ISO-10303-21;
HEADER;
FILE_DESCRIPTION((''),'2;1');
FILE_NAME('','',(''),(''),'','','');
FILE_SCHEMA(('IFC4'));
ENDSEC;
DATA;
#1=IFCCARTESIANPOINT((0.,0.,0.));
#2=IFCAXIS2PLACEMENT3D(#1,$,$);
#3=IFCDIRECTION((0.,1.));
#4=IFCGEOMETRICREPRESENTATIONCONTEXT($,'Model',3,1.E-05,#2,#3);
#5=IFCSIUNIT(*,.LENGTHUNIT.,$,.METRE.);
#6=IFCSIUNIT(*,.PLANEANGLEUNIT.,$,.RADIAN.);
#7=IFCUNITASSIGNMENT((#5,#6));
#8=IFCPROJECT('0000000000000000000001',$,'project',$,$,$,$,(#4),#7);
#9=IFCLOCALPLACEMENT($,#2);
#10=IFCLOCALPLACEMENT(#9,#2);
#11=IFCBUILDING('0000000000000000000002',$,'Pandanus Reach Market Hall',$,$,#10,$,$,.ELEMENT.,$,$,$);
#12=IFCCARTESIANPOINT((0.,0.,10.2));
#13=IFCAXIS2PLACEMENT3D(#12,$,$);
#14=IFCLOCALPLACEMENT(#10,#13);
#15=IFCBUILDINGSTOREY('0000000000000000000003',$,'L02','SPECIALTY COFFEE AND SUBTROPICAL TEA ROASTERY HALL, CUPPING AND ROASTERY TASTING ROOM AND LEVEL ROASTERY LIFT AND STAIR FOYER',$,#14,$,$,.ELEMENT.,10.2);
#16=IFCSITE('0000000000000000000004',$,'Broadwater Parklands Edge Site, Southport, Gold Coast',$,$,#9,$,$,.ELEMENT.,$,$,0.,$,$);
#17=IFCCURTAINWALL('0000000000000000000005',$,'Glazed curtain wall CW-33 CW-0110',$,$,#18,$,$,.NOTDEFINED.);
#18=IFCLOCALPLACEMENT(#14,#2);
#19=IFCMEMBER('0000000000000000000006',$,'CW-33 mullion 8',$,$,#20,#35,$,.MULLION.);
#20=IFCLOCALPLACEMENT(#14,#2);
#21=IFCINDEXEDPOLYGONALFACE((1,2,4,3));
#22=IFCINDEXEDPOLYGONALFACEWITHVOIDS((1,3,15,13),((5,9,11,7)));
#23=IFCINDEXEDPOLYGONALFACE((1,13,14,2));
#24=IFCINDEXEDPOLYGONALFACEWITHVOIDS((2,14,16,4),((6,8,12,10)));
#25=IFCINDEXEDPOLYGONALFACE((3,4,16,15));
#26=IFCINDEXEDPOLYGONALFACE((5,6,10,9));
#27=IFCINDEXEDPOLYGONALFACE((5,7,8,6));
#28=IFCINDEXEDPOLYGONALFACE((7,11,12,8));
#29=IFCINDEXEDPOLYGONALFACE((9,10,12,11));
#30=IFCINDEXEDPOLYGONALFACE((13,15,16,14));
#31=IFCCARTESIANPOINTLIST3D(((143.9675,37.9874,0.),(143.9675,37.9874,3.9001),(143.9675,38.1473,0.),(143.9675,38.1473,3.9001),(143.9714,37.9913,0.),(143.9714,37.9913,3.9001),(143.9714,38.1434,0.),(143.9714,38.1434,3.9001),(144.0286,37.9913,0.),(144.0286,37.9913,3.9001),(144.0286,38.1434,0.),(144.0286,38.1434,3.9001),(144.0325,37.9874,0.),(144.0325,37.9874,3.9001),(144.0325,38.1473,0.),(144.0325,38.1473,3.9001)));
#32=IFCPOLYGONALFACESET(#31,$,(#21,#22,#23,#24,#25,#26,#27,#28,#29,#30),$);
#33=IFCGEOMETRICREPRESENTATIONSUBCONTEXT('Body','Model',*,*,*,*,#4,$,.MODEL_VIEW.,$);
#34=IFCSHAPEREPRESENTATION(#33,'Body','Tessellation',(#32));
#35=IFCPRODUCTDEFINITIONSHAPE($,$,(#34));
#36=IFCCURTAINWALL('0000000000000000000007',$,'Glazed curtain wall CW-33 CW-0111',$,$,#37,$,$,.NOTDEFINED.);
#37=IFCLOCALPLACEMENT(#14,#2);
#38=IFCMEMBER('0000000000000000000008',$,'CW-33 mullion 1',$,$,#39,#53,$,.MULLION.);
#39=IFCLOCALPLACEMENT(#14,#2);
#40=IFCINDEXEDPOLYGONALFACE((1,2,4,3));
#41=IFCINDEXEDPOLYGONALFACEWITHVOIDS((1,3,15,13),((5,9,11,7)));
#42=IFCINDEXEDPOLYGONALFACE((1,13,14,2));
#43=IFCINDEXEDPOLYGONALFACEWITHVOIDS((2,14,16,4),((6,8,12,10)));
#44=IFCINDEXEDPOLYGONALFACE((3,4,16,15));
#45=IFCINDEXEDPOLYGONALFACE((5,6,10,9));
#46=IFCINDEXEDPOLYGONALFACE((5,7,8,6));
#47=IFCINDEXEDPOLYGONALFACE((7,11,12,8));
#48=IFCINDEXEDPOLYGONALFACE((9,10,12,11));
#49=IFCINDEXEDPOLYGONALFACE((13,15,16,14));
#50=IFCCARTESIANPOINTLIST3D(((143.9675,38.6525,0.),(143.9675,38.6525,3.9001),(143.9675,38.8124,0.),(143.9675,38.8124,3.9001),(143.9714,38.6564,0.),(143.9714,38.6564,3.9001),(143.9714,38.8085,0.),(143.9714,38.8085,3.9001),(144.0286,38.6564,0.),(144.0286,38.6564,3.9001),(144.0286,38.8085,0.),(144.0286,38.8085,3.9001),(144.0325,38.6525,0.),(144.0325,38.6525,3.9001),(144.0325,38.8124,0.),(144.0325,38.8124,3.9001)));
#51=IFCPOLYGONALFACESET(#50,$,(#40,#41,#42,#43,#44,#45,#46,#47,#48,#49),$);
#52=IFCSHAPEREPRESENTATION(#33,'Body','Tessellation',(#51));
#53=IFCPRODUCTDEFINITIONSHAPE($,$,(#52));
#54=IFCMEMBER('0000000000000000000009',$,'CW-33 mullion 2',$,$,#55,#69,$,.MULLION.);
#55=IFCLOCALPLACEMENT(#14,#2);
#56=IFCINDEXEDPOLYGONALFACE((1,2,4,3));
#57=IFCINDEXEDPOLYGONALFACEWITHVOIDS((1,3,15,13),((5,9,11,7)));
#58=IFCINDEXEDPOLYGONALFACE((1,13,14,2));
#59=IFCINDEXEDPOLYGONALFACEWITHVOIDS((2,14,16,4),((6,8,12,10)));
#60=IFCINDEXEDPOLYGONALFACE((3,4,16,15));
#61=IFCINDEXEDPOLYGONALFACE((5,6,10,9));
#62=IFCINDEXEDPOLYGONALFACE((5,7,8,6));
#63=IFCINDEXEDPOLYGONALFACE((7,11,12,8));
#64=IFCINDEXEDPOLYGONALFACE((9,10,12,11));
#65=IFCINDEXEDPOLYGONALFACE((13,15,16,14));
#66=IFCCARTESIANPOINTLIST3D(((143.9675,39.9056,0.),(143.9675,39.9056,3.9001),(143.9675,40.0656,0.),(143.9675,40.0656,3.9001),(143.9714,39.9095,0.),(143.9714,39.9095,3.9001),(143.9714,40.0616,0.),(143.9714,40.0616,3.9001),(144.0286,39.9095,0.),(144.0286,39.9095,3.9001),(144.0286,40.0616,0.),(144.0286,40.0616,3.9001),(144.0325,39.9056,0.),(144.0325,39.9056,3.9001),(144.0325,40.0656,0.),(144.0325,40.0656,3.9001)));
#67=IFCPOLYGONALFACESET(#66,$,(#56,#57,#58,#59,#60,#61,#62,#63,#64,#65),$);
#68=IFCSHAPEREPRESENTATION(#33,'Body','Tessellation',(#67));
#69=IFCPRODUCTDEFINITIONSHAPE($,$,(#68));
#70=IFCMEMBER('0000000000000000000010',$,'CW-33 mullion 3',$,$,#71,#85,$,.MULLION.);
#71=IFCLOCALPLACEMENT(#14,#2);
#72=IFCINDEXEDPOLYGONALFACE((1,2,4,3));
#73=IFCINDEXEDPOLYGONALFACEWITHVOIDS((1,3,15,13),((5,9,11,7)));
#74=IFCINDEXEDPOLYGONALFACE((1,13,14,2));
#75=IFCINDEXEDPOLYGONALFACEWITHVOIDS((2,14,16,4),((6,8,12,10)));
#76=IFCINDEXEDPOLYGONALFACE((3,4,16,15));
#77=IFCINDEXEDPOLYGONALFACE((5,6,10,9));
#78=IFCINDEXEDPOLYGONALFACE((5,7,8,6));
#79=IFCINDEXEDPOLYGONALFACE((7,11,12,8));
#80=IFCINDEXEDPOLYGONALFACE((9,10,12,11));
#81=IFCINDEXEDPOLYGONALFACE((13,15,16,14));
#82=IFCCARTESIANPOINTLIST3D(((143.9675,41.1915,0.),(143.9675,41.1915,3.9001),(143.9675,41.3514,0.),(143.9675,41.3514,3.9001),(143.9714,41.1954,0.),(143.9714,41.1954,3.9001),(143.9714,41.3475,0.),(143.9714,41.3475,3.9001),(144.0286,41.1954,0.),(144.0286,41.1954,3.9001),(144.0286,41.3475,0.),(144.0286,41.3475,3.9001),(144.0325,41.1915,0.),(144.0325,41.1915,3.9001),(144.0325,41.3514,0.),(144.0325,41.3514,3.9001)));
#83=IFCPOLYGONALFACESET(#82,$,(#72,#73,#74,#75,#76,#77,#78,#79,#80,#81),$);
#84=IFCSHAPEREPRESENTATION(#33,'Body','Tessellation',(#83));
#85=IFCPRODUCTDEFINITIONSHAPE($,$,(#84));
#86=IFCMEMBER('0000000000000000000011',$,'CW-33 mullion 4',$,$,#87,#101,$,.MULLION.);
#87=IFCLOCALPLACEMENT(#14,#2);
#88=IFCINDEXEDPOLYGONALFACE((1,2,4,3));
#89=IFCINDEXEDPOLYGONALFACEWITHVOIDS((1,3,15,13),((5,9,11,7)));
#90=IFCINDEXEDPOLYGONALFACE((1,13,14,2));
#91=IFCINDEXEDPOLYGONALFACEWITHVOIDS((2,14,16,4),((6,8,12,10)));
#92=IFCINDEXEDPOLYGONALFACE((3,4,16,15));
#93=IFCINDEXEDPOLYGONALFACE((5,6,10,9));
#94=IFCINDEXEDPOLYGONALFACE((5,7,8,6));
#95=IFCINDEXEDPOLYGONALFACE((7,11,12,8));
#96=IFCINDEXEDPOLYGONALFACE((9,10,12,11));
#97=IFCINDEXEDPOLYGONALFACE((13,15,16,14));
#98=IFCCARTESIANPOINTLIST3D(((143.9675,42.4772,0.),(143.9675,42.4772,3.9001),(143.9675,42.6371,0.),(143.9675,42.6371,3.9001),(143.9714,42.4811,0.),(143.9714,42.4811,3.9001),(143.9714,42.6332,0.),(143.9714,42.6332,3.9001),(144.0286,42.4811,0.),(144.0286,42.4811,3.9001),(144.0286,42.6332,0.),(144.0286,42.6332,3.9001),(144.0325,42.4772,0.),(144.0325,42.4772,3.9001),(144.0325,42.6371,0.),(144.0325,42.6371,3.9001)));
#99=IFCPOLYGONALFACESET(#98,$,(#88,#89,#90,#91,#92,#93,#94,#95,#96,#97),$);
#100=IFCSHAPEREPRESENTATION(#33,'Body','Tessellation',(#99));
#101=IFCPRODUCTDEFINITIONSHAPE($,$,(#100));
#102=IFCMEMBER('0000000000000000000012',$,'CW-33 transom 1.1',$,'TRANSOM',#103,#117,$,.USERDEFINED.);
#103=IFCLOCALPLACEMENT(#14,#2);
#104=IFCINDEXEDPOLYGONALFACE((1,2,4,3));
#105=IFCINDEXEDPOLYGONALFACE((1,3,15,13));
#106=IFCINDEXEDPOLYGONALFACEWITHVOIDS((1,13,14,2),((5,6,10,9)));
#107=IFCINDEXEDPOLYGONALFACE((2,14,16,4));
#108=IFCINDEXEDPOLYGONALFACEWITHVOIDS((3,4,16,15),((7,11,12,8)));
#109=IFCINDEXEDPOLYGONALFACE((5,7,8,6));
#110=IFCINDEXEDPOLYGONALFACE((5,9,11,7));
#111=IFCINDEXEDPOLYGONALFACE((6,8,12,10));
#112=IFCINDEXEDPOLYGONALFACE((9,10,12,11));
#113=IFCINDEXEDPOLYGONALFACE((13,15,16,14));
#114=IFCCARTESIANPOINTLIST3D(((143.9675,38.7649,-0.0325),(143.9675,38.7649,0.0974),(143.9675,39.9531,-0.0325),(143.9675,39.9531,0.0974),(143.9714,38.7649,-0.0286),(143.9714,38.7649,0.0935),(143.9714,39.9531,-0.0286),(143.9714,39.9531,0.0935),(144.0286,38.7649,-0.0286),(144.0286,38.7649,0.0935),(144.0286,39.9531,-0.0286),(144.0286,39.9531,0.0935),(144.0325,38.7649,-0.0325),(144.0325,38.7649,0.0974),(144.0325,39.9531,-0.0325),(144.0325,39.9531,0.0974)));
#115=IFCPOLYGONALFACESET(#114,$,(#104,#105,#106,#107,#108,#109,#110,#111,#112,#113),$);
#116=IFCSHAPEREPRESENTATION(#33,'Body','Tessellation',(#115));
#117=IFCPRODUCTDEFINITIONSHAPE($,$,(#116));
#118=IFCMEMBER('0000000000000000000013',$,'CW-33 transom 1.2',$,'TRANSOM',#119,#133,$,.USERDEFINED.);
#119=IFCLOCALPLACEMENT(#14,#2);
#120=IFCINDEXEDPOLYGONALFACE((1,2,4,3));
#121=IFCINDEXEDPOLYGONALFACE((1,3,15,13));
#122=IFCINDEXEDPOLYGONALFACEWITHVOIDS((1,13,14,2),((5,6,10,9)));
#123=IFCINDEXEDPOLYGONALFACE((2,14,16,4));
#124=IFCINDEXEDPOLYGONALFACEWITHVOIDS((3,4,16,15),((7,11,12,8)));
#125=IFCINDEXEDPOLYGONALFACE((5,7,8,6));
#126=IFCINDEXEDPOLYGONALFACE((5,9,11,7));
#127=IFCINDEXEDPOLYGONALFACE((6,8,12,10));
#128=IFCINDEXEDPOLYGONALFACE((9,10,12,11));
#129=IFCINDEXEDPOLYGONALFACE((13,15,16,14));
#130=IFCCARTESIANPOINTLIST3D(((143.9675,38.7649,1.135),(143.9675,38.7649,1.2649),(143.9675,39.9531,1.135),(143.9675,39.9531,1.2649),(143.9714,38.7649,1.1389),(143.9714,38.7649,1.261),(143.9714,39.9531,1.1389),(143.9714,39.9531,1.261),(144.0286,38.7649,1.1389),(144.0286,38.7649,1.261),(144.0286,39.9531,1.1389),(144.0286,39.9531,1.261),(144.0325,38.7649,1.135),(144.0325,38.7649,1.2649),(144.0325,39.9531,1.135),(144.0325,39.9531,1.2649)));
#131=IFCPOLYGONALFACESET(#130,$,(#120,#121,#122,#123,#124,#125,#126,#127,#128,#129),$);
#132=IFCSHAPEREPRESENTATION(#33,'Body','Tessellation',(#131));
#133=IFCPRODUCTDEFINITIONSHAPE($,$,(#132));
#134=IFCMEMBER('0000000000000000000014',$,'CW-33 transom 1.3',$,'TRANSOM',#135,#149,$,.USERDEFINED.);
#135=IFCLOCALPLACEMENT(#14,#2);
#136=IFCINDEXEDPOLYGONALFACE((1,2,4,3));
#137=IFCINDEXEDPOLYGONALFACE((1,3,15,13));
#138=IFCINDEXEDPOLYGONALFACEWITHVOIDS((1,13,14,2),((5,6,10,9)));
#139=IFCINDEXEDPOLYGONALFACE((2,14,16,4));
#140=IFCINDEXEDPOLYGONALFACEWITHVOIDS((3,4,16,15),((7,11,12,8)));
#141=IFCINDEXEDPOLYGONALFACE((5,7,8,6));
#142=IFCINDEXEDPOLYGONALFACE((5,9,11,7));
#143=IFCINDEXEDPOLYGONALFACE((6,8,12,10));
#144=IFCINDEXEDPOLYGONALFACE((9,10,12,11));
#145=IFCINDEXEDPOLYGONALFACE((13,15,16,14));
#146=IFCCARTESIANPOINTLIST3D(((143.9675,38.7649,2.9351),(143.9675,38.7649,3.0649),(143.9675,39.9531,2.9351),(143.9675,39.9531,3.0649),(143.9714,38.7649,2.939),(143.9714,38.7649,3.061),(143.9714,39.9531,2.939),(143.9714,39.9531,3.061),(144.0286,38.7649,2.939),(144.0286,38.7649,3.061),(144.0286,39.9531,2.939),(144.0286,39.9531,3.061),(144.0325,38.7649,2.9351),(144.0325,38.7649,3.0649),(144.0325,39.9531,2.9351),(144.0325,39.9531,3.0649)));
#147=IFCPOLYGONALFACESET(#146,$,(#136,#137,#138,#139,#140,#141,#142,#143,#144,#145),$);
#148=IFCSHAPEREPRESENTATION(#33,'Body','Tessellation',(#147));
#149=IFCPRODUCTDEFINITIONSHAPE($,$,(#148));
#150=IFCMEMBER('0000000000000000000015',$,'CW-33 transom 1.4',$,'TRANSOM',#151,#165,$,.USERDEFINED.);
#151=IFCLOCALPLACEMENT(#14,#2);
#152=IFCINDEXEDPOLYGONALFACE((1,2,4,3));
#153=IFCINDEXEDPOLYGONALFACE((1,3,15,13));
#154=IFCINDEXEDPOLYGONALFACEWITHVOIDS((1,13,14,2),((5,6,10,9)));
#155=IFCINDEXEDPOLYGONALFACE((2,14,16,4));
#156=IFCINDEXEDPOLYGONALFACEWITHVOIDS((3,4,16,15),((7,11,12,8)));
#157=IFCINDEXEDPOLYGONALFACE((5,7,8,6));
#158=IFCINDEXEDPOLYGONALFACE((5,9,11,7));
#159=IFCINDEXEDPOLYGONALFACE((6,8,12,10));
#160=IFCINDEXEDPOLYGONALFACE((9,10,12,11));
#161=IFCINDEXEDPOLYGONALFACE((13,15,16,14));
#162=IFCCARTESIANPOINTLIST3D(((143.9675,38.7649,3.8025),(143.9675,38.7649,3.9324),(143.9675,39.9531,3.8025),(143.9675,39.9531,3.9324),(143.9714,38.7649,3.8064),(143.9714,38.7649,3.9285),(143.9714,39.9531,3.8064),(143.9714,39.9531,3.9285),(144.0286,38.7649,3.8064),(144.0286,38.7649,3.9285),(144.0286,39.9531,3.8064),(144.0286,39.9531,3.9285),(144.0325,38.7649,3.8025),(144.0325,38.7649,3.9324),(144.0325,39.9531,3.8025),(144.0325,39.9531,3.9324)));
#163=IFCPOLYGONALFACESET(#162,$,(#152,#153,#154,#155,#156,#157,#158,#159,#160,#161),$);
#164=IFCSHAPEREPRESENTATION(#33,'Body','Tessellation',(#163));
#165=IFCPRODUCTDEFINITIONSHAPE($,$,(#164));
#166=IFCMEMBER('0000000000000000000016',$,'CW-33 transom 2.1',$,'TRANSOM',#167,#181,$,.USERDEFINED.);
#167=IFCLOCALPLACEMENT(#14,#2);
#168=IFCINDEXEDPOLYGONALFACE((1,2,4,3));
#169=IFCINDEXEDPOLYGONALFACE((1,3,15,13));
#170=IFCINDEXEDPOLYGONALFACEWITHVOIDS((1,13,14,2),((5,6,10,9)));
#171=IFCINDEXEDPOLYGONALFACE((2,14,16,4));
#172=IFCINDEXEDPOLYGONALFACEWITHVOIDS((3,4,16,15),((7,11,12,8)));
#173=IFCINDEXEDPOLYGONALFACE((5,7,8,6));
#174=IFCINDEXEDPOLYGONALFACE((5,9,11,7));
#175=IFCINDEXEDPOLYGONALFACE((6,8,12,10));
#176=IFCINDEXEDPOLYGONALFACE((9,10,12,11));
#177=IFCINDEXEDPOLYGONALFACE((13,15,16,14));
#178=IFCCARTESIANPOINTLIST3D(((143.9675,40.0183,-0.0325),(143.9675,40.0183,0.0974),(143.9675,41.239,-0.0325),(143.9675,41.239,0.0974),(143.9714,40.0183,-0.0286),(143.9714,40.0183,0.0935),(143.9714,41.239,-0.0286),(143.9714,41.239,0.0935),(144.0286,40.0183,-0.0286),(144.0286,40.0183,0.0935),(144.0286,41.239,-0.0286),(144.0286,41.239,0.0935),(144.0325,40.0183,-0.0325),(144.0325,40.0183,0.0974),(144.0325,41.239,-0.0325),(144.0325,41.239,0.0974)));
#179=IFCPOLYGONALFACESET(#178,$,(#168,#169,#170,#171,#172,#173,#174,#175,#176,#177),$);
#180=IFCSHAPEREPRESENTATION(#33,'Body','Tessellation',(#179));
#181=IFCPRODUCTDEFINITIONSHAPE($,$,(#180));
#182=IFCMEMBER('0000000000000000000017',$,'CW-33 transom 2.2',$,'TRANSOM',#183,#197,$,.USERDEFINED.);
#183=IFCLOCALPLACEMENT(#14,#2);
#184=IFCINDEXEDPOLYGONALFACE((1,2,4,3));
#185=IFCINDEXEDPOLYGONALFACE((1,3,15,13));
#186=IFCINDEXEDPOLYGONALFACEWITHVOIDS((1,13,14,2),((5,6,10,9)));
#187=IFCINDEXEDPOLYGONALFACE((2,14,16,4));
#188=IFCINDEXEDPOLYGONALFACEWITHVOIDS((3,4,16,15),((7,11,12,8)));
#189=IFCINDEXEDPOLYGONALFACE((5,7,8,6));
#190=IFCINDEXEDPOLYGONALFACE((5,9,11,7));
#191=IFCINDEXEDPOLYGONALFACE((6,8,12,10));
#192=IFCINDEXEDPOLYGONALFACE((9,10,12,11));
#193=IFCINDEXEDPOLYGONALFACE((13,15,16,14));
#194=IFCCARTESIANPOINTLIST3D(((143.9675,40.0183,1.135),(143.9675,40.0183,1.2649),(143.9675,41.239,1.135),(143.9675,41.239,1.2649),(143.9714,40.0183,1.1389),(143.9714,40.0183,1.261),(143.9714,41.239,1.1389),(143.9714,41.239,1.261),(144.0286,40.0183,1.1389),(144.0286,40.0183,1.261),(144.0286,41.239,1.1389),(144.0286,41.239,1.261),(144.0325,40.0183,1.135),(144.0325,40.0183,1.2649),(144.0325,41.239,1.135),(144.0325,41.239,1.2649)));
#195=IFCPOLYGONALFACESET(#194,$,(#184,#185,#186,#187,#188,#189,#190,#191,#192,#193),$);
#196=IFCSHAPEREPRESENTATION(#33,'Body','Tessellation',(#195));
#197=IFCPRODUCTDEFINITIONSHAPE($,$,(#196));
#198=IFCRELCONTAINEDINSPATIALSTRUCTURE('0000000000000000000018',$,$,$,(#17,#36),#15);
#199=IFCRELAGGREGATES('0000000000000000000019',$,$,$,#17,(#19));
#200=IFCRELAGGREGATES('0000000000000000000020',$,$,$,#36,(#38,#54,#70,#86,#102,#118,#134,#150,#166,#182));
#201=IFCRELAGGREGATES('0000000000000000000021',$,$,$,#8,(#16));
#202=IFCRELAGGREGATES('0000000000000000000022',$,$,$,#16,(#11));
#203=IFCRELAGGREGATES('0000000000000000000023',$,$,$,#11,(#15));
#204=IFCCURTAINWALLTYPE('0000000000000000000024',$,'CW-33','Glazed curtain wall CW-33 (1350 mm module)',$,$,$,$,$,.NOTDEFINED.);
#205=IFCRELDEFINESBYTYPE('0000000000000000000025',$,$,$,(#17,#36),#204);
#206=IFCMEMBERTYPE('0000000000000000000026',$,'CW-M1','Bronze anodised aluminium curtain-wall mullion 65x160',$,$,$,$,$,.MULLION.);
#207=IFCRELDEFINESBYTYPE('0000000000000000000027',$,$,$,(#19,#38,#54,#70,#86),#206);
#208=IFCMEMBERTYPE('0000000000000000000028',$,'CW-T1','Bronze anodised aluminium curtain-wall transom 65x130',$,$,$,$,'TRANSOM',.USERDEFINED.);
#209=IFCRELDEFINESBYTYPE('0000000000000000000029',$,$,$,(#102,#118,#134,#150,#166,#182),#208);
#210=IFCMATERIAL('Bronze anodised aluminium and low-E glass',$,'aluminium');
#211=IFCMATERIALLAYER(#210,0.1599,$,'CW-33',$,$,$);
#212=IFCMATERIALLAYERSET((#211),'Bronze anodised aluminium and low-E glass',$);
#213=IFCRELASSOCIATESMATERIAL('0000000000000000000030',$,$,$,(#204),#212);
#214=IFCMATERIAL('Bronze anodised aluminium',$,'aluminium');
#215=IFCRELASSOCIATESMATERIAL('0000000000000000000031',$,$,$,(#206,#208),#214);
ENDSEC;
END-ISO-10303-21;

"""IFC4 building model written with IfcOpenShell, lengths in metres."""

from ifc_helpers import new_model, si_unit, direction, frame, origin, origin_2d, place, context, subcontext, project, spatial, hollow_rectangle, extrude, material, layer, layer_set, material_profile, profile_set, type_object, element, aggregate, save


model = new_model("IFC4")

# Units and contexts
model_context = context("Model", 3, precision=1e-05, world=origin(), true_north=direction((0.0, 1.0)))
body_context = subcontext(model_context, "Body", "Model", "MODEL_VIEW")
ifc_project = project(units=[si_unit("LENGTHUNIT", "METRE"), si_unit("PLANEANGLEUNIT", "RADIAN")], contexts=[model_context])

# Site, building, storey
site_placement = place(None, origin())
site = spatial("IfcSite", under=ifc_project, at=site_placement, Name="Broadwater Parklands Edge Site, Southport, Gold Coast", CompositionType="ELEMENT", RefElevation=0.0)
building_placement = place(site_placement, origin())
building = spatial("IfcBuilding", under=site, at=building_placement, Name="Pandanus Reach Market Hall", CompositionType="ELEMENT")
storey_placement = place(building_placement, frame((0.0, 0.0, 10.2)))
storey = spatial("IfcBuildingStorey", under=building, at=storey_placement, Name="L02", Description="SPECIALTY COFFEE AND SUBTROPICAL TEA ROASTERY HALL, CUPPING AND ROASTERY TASTING ROOM AND LEVEL ROASTERY LIFT AND STAIR FOYER", CompositionType="ELEMENT", Elevation=10.2)

# Curtain wall, member
ifc_material_1 = material(Name="Bronze anodised aluminium and low-E glass", Category="aluminium")
ifc_layer_1 = layer(ifc_material_1, 0.1599, Name="CW-33")
ifc_layer_set_1 = layer_set([ifc_layer_1], Name="Bronze anodised aluminium and low-E glass")
curtain_wall_type = type_object("IfcCurtainWallType", Name="CW-33", Description="Glazed curtain wall CW-33 (1350 mm module)", PredefinedType="NOTDEFINED", material=ifc_layer_set_1)
curtain_wall_1_placement = place(storey_placement, origin())
curtain_wall_1 = element("IfcCurtainWall", 1, at=curtain_wall_1_placement, inside=storey, type_object=curtain_wall_type, Name="Glazed curtain wall CW-33 CW-0110", PredefinedType="NOTDEFINED")
ifc_material_2 = material(Name="Bronze anodised aluminium", Category="aluminium")
ifc_material_profile_1 = material_profile(ifc_material_2, hollow_rectangle(XDim=0.0649, YDim=0.1599, WallThickness=0.0039, at=origin_2d()), Name="ALU65x160", Category="LoadBearing")
ifc_profile_set_1 = profile_set([ifc_material_profile_1], Name="Bronze anodised aluminium")
member_type_1 = type_object("IfcMemberType", Name="CW-M1", Description="Bronze anodised aluminium curtain-wall mullion 65x160", PredefinedType="MULLION", material=ifc_profile_set_1)
member_1_placement = place(storey_placement, frame((144.0, 38.0674, 0.0), z_axis=(0.0, 0.0, 1.0), x_axis=(-1.0, 0.0, 0.0)))
member_1 = element("IfcMember", 2, at=member_1_placement, type_object=member_type_1, Name="CW-33 mullion 8", PredefinedType="MULLION", context=body_context, shape_type="SweptSolid", body=[
    extrude(hollow_rectangle(XDim=0.0649, YDim=0.1599, WallThickness=0.0039, at=origin_2d()), origin(), (0.0, 0.0, 1.0), 3.9001),
])

# Curtain wall, members
curtain_wall_2_placement = place(storey_placement, origin())
curtain_wall_2 = element("IfcCurtainWall", 3, at=curtain_wall_2_placement, inside=storey, type_object=curtain_wall_type, Name="Glazed curtain wall CW-33 CW-0111", PredefinedType="NOTDEFINED")
member_2_placement = place(storey_placement, frame((144.0, 38.7324, 0.0), z_axis=(0.0, 0.0, 1.0), x_axis=(-1.0, 0.0, 0.0)))
member_2 = element("IfcMember", 4, at=member_2_placement, type_object=member_type_1, Name="CW-33 mullion 1", PredefinedType="MULLION", context=body_context, shape_type="SweptSolid", body=[
    extrude(hollow_rectangle(XDim=0.0649, YDim=0.1599, WallThickness=0.0039, at=origin_2d()), origin(), (0.0, 0.0, 1.0), 3.9001),
])
member_3_placement = place(storey_placement, frame((144.0, 39.9856, 0.0), z_axis=(0.0, 0.0, 1.0), x_axis=(-1.0, 0.0, 0.0)))
member_3 = element("IfcMember", 5, at=member_3_placement, type_object=member_type_1, Name="CW-33 mullion 2", PredefinedType="MULLION", context=body_context, shape_type="SweptSolid", body=[
    extrude(hollow_rectangle(XDim=0.0649, YDim=0.1599, WallThickness=0.0039, at=origin_2d()), origin(), (0.0, 0.0, 1.0), 3.9001),
])
member_4_placement = place(storey_placement, frame((144.0, 41.2715, 0.0), z_axis=(0.0, 0.0, 1.0), x_axis=(-1.0, 0.0, 0.0)))
member_4 = element("IfcMember", 6, at=member_4_placement, type_object=member_type_1, Name="CW-33 mullion 3", PredefinedType="MULLION", context=body_context, shape_type="SweptSolid", body=[
    extrude(hollow_rectangle(XDim=0.0649, YDim=0.1599, WallThickness=0.0039, at=origin_2d()), origin(), (0.0, 0.0, 1.0), 3.9001),
])
member_5_placement = place(storey_placement, frame((144.0, 42.5571, 0.0), z_axis=(0.0, 0.0, 1.0), x_axis=(-1.0, 0.0, 0.0)))
member_5 = element("IfcMember", 7, at=member_5_placement, type_object=member_type_1, Name="CW-33 mullion 4", PredefinedType="MULLION", context=body_context, shape_type="SweptSolid", body=[
    extrude(hollow_rectangle(XDim=0.0649, YDim=0.1599, WallThickness=0.0039, at=origin_2d()), origin(), (0.0, 0.0, 1.0), 3.9001),
])
ifc_material_profile_2 = material_profile(ifc_material_2, hollow_rectangle(XDim=0.0649, YDim=0.1299, WallThickness=0.0039, at=origin_2d()), Name="ALU65x130", Category="LoadBearing")
ifc_profile_set_2 = profile_set([ifc_material_profile_2], Name="Bronze anodised aluminium")
member_type_2 = type_object("IfcMemberType", Name="CW-T1", Description="Bronze anodised aluminium curtain-wall transom 65x130", ElementType="TRANSOM", PredefinedType="USERDEFINED", material=ifc_profile_set_2)
member_6_placement = place(storey_placement, frame((144.0, 38.7649, 0.0325), z_axis=(0.0, 1.0, 0.0), x_axis=(-1.0, 0.0, 0.0)))
member_6 = element("IfcMember", 8, at=member_6_placement, type_object=member_type_2, Name="CW-33 transom 1.1", ObjectType="TRANSOM", PredefinedType="USERDEFINED", context=body_context, shape_type="SweptSolid", body=[
    extrude(hollow_rectangle(XDim=0.0649, YDim=0.1299, WallThickness=0.0039, at=origin_2d()), origin(), (0.0, 0.0, 1.0), 1.1882),
])
member_7_placement = place(storey_placement, frame((144.0, 38.7649, 1.2), z_axis=(0.0, 1.0, 0.0), x_axis=(-1.0, 0.0, 0.0)))
member_7 = element("IfcMember", 9, at=member_7_placement, type_object=member_type_2, Name="CW-33 transom 1.2", ObjectType="TRANSOM", PredefinedType="USERDEFINED", context=body_context, shape_type="SweptSolid", body=[
    extrude(hollow_rectangle(XDim=0.0649, YDim=0.1299, WallThickness=0.0039, at=origin_2d()), origin(), (0.0, 0.0, 1.0), 1.1882),
])
member_8_placement = place(storey_placement, frame((144.0, 38.7649, 3.0), z_axis=(0.0, 1.0, 0.0), x_axis=(-1.0, 0.0, 0.0)))
member_8 = element("IfcMember", 10, at=member_8_placement, type_object=member_type_2, Name="CW-33 transom 1.3", ObjectType="TRANSOM", PredefinedType="USERDEFINED", context=body_context, shape_type="SweptSolid", body=[
    extrude(hollow_rectangle(XDim=0.0649, YDim=0.1299, WallThickness=0.0039, at=origin_2d()), origin(), (0.0, 0.0, 1.0), 1.1882),
])
member_9_placement = place(storey_placement, frame((144.0, 38.7649, 3.8674), z_axis=(0.0, 1.0, 0.0), x_axis=(-1.0, 0.0, 0.0)))
member_9 = element("IfcMember", 11, at=member_9_placement, type_object=member_type_2, Name="CW-33 transom 1.4", ObjectType="TRANSOM", PredefinedType="USERDEFINED", context=body_context, shape_type="SweptSolid", body=[
    extrude(hollow_rectangle(XDim=0.0649, YDim=0.1299, WallThickness=0.0039, at=origin_2d()), origin(), (0.0, 0.0, 1.0), 1.1882),
])
member_10_placement = place(storey_placement, frame((144.0, 40.0183, 0.0325), z_axis=(0.0, 1.0, 0.0), x_axis=(-1.0, 0.0, 0.0)))
member_10 = element("IfcMember", 12, at=member_10_placement, type_object=member_type_2, Name="CW-33 transom 2.1", ObjectType="TRANSOM", PredefinedType="USERDEFINED", context=body_context, shape_type="SweptSolid", body=[
    extrude(hollow_rectangle(XDim=0.0649, YDim=0.1299, WallThickness=0.0039, at=origin_2d()), origin(), (0.0, 0.0, 1.0), 1.2207),
])
member_11_placement = place(storey_placement, frame((144.0, 40.0183, 1.2), z_axis=(0.0, 1.0, 0.0), x_axis=(-1.0, 0.0, 0.0)))
member_11 = element("IfcMember", 13, at=member_11_placement, type_object=member_type_2, Name="CW-33 transom 2.2", ObjectType="TRANSOM", PredefinedType="USERDEFINED", context=body_context, shape_type="SweptSolid", body=[
    extrude(hollow_rectangle(XDim=0.0649, YDim=0.1299, WallThickness=0.0039, at=origin_2d()), origin(), (0.0, 0.0, 1.0), 1.2207),
])

aggregate(curtain_wall_1, [member_1])
aggregate(curtain_wall_2, [member_2, member_3, member_4, member_5, member_6, member_7, member_8, member_9, member_10, member_11])

save(model, "model.ifc")
